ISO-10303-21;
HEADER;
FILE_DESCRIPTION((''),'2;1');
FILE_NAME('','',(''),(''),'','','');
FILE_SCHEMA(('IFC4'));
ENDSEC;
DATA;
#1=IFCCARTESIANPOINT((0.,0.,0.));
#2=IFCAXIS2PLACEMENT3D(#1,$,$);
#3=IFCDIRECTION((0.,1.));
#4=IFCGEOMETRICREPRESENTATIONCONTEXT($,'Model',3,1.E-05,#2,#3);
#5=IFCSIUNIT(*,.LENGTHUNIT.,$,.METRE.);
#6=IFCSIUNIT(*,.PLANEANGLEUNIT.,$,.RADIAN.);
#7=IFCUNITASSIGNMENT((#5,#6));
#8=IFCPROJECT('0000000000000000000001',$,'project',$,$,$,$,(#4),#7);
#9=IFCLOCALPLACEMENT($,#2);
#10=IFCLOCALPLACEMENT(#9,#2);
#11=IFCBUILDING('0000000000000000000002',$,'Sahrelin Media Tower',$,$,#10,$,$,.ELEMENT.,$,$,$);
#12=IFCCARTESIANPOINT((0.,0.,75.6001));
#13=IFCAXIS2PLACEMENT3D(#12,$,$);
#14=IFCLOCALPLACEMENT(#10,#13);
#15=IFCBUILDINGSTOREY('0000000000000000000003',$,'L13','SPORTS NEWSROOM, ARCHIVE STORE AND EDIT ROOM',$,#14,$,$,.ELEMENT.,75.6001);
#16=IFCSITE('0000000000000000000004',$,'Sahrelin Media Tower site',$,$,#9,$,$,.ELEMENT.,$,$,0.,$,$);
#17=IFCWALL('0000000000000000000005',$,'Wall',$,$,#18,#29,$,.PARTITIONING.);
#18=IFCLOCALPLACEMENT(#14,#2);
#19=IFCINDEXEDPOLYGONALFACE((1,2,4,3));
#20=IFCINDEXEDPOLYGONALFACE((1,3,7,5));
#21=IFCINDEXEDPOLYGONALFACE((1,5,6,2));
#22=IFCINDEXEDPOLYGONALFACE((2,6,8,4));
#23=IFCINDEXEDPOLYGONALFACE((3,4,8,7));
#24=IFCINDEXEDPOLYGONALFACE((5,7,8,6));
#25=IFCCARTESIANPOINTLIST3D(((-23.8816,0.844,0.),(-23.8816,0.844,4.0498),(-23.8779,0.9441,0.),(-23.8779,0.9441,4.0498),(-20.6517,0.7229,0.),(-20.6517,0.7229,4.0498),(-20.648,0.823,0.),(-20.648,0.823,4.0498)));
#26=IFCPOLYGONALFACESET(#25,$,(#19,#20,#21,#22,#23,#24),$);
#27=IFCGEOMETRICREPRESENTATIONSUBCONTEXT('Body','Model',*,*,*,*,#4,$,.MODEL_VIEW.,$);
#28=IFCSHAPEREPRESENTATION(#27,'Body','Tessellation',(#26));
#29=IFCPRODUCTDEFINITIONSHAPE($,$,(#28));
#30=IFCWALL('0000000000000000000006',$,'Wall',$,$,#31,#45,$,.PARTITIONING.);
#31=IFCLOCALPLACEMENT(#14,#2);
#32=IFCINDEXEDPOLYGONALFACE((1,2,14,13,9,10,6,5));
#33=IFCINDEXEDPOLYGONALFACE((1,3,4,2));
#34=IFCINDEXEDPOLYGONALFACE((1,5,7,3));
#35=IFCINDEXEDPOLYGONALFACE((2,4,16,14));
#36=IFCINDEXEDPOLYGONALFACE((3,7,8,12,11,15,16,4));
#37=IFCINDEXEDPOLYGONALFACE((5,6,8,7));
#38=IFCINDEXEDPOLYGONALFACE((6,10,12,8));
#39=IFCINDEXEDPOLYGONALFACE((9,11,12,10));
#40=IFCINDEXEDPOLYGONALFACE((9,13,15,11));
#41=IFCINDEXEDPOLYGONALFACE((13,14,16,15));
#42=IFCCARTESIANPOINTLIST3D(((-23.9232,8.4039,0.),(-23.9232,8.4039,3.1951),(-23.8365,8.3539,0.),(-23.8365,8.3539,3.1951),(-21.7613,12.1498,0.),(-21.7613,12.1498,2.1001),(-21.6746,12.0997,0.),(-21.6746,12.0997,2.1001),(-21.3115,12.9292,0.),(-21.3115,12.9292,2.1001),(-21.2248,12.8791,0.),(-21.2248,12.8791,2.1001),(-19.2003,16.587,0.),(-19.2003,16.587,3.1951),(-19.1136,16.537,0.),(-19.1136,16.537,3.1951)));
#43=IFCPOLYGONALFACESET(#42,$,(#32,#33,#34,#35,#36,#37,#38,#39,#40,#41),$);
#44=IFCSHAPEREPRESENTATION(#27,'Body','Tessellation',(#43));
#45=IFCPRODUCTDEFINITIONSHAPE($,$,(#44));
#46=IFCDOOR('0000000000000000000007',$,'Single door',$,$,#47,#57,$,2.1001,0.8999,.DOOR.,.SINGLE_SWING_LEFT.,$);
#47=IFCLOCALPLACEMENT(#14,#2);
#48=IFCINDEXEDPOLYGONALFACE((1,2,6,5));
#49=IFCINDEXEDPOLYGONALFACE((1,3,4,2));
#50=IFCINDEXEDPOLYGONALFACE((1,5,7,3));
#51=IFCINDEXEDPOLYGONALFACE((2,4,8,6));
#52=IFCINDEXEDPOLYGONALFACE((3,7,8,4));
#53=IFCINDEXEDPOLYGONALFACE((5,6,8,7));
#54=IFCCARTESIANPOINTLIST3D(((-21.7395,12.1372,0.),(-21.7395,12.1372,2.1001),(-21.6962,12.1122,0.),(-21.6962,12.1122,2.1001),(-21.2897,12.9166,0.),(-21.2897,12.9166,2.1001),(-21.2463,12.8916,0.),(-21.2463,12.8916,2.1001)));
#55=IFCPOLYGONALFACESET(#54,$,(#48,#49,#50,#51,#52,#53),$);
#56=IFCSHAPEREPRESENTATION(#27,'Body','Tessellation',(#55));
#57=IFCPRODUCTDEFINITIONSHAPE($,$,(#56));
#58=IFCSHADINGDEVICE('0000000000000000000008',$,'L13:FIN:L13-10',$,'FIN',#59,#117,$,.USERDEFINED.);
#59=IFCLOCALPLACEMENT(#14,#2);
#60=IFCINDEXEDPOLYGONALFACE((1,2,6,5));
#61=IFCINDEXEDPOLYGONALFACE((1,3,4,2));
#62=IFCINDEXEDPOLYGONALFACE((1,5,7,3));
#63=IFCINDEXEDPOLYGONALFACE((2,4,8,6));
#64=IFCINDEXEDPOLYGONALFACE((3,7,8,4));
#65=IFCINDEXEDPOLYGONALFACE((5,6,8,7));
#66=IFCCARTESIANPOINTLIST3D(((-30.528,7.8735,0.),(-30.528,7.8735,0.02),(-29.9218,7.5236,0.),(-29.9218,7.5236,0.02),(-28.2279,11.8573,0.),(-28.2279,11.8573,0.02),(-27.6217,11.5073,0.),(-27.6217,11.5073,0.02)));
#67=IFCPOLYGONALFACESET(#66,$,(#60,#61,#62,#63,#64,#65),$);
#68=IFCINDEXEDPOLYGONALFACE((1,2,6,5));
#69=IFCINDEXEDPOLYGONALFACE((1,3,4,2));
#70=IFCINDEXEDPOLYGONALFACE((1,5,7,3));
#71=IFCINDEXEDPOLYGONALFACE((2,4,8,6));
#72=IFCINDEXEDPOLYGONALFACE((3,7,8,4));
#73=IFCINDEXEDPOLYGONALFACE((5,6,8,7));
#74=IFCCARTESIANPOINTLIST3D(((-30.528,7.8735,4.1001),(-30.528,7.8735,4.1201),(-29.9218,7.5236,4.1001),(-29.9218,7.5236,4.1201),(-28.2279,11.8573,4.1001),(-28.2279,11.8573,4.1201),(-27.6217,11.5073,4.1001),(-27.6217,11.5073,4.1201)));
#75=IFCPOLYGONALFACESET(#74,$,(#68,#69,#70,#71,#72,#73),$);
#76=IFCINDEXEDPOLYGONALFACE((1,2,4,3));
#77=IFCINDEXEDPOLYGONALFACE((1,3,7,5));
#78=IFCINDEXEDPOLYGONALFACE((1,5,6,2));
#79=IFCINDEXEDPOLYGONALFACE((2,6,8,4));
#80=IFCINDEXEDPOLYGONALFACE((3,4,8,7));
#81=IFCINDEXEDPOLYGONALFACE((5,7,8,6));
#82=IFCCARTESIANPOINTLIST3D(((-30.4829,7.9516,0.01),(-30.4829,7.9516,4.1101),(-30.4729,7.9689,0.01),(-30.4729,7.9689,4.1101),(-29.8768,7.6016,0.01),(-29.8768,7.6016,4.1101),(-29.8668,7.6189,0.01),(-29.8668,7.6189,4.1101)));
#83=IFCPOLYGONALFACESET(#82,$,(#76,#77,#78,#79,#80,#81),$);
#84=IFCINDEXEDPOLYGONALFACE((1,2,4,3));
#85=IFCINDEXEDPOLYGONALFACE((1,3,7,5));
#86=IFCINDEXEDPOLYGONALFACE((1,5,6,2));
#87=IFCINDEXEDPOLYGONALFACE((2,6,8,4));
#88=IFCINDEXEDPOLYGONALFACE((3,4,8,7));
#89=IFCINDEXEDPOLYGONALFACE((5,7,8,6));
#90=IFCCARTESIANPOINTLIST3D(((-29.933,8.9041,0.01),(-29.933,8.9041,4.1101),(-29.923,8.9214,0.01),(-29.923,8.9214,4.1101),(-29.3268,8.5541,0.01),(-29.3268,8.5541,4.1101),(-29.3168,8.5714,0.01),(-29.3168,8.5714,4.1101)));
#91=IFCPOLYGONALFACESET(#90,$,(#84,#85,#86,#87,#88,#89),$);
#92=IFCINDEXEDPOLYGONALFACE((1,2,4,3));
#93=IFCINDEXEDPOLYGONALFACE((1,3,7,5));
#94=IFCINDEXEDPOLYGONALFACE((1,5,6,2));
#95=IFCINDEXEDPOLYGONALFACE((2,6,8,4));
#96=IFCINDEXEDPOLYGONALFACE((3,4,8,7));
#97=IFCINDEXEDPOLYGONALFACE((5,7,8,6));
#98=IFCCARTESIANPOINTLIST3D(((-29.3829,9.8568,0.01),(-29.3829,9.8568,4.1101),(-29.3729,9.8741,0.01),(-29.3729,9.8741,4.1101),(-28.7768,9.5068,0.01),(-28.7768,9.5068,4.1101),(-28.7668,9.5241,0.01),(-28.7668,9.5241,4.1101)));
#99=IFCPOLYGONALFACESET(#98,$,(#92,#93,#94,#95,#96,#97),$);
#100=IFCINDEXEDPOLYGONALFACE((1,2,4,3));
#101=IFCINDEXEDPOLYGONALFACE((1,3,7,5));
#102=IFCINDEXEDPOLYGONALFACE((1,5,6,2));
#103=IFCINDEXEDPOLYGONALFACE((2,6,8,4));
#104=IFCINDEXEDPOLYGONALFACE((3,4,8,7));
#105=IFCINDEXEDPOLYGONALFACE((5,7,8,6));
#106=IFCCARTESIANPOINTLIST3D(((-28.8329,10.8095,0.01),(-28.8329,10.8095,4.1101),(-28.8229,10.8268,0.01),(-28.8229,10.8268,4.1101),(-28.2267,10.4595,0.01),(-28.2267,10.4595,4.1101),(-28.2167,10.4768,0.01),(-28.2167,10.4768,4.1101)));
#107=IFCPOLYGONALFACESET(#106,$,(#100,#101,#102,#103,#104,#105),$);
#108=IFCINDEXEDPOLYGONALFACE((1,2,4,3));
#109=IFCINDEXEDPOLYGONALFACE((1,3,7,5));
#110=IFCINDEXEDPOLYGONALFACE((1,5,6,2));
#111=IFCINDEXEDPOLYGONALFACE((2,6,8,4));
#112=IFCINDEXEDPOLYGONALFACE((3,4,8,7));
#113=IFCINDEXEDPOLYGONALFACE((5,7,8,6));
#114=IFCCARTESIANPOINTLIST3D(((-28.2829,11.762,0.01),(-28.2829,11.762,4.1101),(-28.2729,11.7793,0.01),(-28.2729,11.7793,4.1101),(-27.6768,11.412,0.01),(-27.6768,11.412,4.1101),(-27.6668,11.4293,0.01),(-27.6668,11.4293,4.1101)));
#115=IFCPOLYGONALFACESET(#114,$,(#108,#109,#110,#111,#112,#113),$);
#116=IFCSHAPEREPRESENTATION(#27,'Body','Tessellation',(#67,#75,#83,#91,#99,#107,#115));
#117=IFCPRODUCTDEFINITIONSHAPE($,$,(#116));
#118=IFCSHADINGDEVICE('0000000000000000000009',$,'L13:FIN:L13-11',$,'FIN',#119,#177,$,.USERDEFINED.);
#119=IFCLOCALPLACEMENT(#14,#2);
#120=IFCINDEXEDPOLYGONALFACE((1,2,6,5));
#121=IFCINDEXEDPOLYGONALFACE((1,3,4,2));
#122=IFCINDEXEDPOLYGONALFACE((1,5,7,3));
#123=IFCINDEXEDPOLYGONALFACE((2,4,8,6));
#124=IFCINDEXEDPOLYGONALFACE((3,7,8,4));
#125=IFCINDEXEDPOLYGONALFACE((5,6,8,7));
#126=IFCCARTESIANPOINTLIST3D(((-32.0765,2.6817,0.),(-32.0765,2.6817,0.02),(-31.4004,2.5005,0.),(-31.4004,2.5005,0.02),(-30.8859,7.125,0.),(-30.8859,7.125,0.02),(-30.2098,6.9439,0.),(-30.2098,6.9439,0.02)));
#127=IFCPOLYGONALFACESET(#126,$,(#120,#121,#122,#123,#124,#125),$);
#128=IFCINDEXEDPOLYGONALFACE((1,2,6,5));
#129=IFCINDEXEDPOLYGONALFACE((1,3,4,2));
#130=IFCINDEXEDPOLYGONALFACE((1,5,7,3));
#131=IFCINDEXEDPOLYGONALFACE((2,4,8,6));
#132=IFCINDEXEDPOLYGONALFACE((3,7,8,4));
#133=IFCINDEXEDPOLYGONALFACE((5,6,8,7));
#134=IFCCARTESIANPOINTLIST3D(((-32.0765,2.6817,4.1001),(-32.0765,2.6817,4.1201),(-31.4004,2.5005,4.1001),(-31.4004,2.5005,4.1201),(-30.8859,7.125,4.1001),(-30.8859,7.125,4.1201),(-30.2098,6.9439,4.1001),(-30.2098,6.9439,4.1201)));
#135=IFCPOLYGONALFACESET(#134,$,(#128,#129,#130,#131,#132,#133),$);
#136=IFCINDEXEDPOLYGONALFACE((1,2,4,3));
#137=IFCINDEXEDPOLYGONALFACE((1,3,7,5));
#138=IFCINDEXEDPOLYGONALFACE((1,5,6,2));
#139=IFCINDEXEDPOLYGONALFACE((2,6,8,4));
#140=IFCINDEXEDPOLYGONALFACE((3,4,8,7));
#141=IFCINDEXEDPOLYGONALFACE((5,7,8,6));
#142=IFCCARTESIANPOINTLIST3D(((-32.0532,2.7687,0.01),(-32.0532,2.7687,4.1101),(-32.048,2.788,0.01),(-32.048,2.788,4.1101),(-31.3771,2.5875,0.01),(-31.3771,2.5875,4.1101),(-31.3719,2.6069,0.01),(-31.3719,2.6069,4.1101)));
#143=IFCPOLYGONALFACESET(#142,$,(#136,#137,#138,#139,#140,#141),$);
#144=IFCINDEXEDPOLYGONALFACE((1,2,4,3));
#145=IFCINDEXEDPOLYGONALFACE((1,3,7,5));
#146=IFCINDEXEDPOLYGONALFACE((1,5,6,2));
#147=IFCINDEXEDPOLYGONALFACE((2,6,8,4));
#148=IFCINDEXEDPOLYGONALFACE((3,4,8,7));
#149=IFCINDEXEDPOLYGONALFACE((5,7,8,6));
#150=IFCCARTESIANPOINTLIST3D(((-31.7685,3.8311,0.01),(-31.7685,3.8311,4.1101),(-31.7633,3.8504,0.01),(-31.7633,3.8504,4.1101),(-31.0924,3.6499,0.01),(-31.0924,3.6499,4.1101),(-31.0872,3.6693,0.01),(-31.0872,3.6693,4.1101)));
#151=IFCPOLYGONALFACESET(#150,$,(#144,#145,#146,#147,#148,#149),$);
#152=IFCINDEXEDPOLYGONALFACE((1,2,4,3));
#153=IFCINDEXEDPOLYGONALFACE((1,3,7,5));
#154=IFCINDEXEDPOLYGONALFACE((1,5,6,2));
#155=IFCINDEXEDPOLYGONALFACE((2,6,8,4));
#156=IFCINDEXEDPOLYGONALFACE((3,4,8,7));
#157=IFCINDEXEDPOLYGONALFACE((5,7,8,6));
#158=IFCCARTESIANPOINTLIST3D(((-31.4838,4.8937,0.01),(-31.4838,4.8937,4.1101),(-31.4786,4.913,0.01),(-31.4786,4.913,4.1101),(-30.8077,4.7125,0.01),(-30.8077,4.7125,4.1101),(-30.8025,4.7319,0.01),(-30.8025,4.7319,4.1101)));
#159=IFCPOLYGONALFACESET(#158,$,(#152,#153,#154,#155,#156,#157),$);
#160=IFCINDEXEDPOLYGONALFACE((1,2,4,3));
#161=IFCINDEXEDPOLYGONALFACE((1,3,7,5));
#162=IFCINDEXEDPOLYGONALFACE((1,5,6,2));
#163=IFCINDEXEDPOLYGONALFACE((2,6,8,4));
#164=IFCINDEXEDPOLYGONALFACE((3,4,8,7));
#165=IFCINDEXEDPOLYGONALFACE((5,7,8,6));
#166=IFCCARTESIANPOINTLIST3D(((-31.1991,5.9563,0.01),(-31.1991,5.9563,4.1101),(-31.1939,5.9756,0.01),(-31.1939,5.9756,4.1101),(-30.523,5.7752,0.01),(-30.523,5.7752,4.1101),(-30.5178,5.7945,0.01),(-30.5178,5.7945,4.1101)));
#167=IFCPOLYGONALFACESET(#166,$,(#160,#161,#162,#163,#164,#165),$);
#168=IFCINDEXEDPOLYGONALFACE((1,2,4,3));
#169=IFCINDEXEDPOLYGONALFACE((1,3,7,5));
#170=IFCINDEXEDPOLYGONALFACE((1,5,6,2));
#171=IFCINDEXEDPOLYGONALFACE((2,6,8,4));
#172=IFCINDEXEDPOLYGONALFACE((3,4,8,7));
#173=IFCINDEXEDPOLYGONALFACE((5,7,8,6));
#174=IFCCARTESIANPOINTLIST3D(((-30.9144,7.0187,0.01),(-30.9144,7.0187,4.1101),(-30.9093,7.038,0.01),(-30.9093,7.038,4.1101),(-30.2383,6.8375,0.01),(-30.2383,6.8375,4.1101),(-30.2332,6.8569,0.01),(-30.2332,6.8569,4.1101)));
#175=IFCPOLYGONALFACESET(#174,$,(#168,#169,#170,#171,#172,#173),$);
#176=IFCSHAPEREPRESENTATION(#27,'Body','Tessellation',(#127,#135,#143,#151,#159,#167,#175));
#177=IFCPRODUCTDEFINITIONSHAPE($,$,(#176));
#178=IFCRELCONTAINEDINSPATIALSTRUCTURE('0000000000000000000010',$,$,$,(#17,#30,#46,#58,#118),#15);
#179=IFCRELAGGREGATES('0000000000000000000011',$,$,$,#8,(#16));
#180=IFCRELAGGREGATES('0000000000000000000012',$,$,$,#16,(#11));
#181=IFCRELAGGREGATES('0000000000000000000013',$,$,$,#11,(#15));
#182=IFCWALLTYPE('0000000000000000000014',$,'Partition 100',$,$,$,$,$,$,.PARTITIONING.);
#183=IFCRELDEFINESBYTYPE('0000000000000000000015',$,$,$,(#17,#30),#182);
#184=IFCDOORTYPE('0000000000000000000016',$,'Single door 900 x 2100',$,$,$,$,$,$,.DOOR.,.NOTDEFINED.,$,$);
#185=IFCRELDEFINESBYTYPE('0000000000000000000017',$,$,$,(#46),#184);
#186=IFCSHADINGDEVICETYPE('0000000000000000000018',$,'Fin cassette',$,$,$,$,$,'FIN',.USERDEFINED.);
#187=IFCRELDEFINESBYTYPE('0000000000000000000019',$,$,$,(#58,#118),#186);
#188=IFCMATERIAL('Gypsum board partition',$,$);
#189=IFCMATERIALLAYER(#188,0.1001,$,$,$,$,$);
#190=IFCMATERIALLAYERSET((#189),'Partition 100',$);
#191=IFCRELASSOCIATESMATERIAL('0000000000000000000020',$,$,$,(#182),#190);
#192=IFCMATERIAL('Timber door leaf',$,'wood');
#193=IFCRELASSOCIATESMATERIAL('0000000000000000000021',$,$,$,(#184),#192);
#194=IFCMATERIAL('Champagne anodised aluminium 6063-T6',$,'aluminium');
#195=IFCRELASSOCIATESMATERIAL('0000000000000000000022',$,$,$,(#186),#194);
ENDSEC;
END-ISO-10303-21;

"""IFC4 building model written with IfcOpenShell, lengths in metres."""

from ifc_helpers import new_model, si_unit, direction, frame, frame_2d, origin, origin_2d, place, context, subcontext, project, spatial, rectangle, extrude, material, layer, layer_set, type_object, element, fill, save


model = new_model("IFC4")

# Units and contexts
model_context = context("Model", 3, precision=1e-05, world=origin(), true_north=direction((0.0, 1.0)))
body_context = subcontext(model_context, "Body", "Model", "MODEL_VIEW")
ifc_project = project(units=[si_unit("LENGTHUNIT", "METRE"), si_unit("PLANEANGLEUNIT", "RADIAN")], contexts=[model_context])

# Site, building, storey
site_placement = place(None, origin())
site = spatial("IfcSite", under=ifc_project, at=site_placement, Name="Sahrelin Media Tower site", CompositionType="ELEMENT", RefElevation=0.0)
building_placement = place(site_placement, origin())
building = spatial("IfcBuilding", under=site, at=building_placement, Name="Sahrelin Media Tower", CompositionType="ELEMENT")
storey_placement = place(building_placement, frame((0.0, 0.0, 75.6001)))
storey = spatial("IfcBuildingStorey", under=building, at=storey_placement, Name="L13", Description="SPORTS NEWSROOM, ARCHIVE STORE AND EDIT ROOM", CompositionType="ELEMENT", Elevation=75.6001)

# Shared definitions
ifc_material_1 = material(Name="Champagne anodised aluminium 6063-T6", Category="aluminium")

# Wall
ifc_material_2 = material(Name="Gypsum board partition")
ifc_layer_1 = layer(ifc_material_2, 0.1001)
ifc_layer_set_1 = layer_set([ifc_layer_1], Name="Partition 100")
wall_type_1 = type_object("IfcWallType", Name="Partition 100", PredefinedType="PARTITIONING", material=ifc_layer_set_1)
wall_1_placement = place(storey_placement, frame((-23.8799, 0.894, 0.0), z_axis=(0.0, 0.0, 1.0), x_axis=(0.999298, -0.037464, 0.0)))
element("IfcWall", 1, at=wall_1_placement, inside=storey, type_object=wall_type_1, Name="Wall", PredefinedType="PARTITIONING", context=body_context, shape_type="SweptSolid", body=[
    extrude(rectangle(XDim=3.2322, YDim=0.1001, at=frame_2d((1.6162, 0.0))), origin(), (0.0, 0.0, 1.0), 4.0498),
])

# Wall, opening, door
wall_2_placement = place(storey_placement, frame((-23.8799, 8.3789, 0.0), z_axis=(0.0, 0.0, 1.0), x_axis=(0.499872, 0.8661, 0.0)))
wall_2 = element("IfcWall", 2, at=wall_2_placement, inside=storey, type_object=wall_type_1, Name="Wall", PredefinedType="PARTITIONING", context=body_context, shape_type="SweptSolid", body=[
    extrude(rectangle(XDim=9.4482, YDim=0.1001, at=frame_2d((4.7241, 0.0))), origin(), (0.0, 0.0, 1.0), 3.1951),
])
opening_1_placement = place(wall_2_placement, frame((4.325, 0.0, 0.0)))
opening_1 = element("IfcOpeningElement", 3, at=opening_1_placement, cuts=wall_2, PredefinedType="OPENING", context=body_context, shape_type="SweptSolid", body=[
    extrude(rectangle(XDim=0.8999, YDim=2.1001, at=frame_2d((0.45, 1.05))), frame((0.0, 0.05, 0.0), z_axis=(0.0, -1.0, 0.0), x_axis=(1.0, 0.0, 0.0)), (0.0, 0.0, 1.0), 0.1001),
])
ifc_material_3 = material(Name="Timber door leaf", Category="wood")
door_type_1 = type_object("IfcDoorType", Name="Single door 900 x 2100", OperationType="NOTDEFINED", PredefinedType="DOOR", material=ifc_material_3)
door_1_placement = place(opening_1_placement, origin())
door_1 = element("IfcDoor", 4, at=door_1_placement, inside=storey, type_object=door_type_1, Name="Single door", OperationType="SINGLE_SWING_LEFT", OverallHeight=2.1001, OverallWidth=0.8999, PredefinedType="DOOR", context=body_context, shape_type="SweptSolid", body=[
    extrude(rectangle(XDim=0.8999, YDim=2.1001, at=frame_2d((0.45, 1.05))), frame((0.0, 0.0249, 0.0), z_axis=(0.0, -1.0, 0.0), x_axis=(1.0, 0.0, 0.0)), (0.0, 0.0, 1.0), 0.05),
])
fill(opening_1, door_1)

# Shading devices
shading_device_type_1 = type_object("IfcShadingDeviceType", Name="Fin cassette", ElementType="FIN", PredefinedType="USERDEFINED", material=ifc_material_1)
placement_1 = place(storey_placement, frame((-28.7112, 9.4805, 0.0), z_axis=(0.0, 0.0, 1.0), x_axis=(0.500011, 0.866019, 0.0)))
element("IfcShadingDevice", 5, at=placement_1, inside=storey, type_object=shading_device_type_1, Name="L13:FIN:L13-10", ObjectType="FIN", PredefinedType="USERDEFINED", context=body_context, shape_type="SweptSolid", body=[
    extrude(rectangle(XDim=4.6001, YDim=0.7, at=origin_2d()), frame((0.0, 0.4199, 0.0)), (0.0, 0.0, 1.0), 0.02),
    extrude(rectangle(XDim=4.6001, YDim=0.7, at=origin_2d()), frame((0.0, 0.4199, 4.1001)), (0.0, 0.0, 1.0), 0.02),
    extrude(rectangle(XDim=0.02, YDim=0.7, at=origin_2d()), frame((-2.2, 0.4199, 0.01), z_axis=(0.0, 0.0, 1.0), x_axis=(1.0, 0.0, 0.0)), (0.0, 0.0, 1.0), 4.1001),
    extrude(rectangle(XDim=0.02, YDim=0.7, at=origin_2d()), frame((-1.1001, 0.4199, 0.01), z_axis=(0.0, 0.0, 1.0), x_axis=(1.0, 0.0, 0.0)), (0.0, 0.0, 1.0), 4.1001),
    extrude(rectangle(XDim=0.02, YDim=0.7, at=origin_2d()), frame((0.0, 0.4199, 0.01), z_axis=(0.0, 0.0, 1.0), x_axis=(1.0, 0.0, 0.0)), (0.0, 0.0, 1.0), 4.1001),
    extrude(rectangle(XDim=0.02, YDim=0.7, at=origin_2d()), frame((1.1001, 0.4199, 0.01), z_axis=(0.0, 0.0, 1.0), x_axis=(1.0, 0.0, 0.0)), (0.0, 0.0, 1.0), 4.1001),
    extrude(rectangle(XDim=0.02, YDim=0.7, at=origin_2d()), frame((2.2, 0.4199, 0.01), z_axis=(0.0, 0.0, 1.0), x_axis=(1.0, 0.0, 0.0)), (0.0, 0.0, 1.0), 4.1001),
])
placement_2 = place(storey_placement, frame((-30.7375, 4.7041, 0.0), z_axis=(0.0, 0.0, 1.0), x_axis=(0.258808, 0.965929, 0.0)))
element("IfcShadingDevice", 6, at=placement_2, inside=storey, type_object=shading_device_type_1, Name="L13:FIN:L13-11", ObjectType="FIN", PredefinedType="USERDEFINED", context=body_context, shape_type="SweptSolid", body=[
    extrude(rectangle(XDim=4.6001, YDim=0.7, at=origin_2d()), frame((0.0, 0.4199, 0.0)), (0.0, 0.0, 1.0), 0.02),
    extrude(rectangle(XDim=4.6001, YDim=0.7, at=origin_2d()), frame((0.0, 0.4199, 4.1001)), (0.0, 0.0, 1.0), 0.02),
    extrude(rectangle(XDim=0.02, YDim=0.7, at=origin_2d()), frame((-2.2, 0.4199, 0.01), z_axis=(0.0, 0.0, 1.0), x_axis=(1.0, 0.0, 0.0)), (0.0, 0.0, 1.0), 4.1001),
    extrude(rectangle(XDim=0.02, YDim=0.7, at=origin_2d()), frame((-1.1001, 0.4199, 0.01), z_axis=(0.0, 0.0, 1.0), x_axis=(1.0, 0.0, 0.0)), (0.0, 0.0, 1.0), 4.1001),
    extrude(rectangle(XDim=0.02, YDim=0.7, at=origin_2d()), frame((0.0, 0.4199, 0.01), z_axis=(0.0, 0.0, 1.0), x_axis=(1.0, 0.0, 0.0)), (0.0, 0.0, 1.0), 4.1001),
    extrude(rectangle(XDim=0.02, YDim=0.7, at=origin_2d()), frame((1.1001, 0.4199, 0.01), z_axis=(0.0, 0.0, 1.0), x_axis=(1.0, 0.0, 0.0)), (0.0, 0.0, 1.0), 4.1001),
    extrude(rectangle(XDim=0.02, YDim=0.7, at=origin_2d()), frame((2.2, 0.4199, 0.01), z_axis=(0.0, 0.0, 1.0), x_axis=(1.0, 0.0, 0.0)), (0.0, 0.0, 1.0), 4.1001),
])

save(model, "model.ifc")
